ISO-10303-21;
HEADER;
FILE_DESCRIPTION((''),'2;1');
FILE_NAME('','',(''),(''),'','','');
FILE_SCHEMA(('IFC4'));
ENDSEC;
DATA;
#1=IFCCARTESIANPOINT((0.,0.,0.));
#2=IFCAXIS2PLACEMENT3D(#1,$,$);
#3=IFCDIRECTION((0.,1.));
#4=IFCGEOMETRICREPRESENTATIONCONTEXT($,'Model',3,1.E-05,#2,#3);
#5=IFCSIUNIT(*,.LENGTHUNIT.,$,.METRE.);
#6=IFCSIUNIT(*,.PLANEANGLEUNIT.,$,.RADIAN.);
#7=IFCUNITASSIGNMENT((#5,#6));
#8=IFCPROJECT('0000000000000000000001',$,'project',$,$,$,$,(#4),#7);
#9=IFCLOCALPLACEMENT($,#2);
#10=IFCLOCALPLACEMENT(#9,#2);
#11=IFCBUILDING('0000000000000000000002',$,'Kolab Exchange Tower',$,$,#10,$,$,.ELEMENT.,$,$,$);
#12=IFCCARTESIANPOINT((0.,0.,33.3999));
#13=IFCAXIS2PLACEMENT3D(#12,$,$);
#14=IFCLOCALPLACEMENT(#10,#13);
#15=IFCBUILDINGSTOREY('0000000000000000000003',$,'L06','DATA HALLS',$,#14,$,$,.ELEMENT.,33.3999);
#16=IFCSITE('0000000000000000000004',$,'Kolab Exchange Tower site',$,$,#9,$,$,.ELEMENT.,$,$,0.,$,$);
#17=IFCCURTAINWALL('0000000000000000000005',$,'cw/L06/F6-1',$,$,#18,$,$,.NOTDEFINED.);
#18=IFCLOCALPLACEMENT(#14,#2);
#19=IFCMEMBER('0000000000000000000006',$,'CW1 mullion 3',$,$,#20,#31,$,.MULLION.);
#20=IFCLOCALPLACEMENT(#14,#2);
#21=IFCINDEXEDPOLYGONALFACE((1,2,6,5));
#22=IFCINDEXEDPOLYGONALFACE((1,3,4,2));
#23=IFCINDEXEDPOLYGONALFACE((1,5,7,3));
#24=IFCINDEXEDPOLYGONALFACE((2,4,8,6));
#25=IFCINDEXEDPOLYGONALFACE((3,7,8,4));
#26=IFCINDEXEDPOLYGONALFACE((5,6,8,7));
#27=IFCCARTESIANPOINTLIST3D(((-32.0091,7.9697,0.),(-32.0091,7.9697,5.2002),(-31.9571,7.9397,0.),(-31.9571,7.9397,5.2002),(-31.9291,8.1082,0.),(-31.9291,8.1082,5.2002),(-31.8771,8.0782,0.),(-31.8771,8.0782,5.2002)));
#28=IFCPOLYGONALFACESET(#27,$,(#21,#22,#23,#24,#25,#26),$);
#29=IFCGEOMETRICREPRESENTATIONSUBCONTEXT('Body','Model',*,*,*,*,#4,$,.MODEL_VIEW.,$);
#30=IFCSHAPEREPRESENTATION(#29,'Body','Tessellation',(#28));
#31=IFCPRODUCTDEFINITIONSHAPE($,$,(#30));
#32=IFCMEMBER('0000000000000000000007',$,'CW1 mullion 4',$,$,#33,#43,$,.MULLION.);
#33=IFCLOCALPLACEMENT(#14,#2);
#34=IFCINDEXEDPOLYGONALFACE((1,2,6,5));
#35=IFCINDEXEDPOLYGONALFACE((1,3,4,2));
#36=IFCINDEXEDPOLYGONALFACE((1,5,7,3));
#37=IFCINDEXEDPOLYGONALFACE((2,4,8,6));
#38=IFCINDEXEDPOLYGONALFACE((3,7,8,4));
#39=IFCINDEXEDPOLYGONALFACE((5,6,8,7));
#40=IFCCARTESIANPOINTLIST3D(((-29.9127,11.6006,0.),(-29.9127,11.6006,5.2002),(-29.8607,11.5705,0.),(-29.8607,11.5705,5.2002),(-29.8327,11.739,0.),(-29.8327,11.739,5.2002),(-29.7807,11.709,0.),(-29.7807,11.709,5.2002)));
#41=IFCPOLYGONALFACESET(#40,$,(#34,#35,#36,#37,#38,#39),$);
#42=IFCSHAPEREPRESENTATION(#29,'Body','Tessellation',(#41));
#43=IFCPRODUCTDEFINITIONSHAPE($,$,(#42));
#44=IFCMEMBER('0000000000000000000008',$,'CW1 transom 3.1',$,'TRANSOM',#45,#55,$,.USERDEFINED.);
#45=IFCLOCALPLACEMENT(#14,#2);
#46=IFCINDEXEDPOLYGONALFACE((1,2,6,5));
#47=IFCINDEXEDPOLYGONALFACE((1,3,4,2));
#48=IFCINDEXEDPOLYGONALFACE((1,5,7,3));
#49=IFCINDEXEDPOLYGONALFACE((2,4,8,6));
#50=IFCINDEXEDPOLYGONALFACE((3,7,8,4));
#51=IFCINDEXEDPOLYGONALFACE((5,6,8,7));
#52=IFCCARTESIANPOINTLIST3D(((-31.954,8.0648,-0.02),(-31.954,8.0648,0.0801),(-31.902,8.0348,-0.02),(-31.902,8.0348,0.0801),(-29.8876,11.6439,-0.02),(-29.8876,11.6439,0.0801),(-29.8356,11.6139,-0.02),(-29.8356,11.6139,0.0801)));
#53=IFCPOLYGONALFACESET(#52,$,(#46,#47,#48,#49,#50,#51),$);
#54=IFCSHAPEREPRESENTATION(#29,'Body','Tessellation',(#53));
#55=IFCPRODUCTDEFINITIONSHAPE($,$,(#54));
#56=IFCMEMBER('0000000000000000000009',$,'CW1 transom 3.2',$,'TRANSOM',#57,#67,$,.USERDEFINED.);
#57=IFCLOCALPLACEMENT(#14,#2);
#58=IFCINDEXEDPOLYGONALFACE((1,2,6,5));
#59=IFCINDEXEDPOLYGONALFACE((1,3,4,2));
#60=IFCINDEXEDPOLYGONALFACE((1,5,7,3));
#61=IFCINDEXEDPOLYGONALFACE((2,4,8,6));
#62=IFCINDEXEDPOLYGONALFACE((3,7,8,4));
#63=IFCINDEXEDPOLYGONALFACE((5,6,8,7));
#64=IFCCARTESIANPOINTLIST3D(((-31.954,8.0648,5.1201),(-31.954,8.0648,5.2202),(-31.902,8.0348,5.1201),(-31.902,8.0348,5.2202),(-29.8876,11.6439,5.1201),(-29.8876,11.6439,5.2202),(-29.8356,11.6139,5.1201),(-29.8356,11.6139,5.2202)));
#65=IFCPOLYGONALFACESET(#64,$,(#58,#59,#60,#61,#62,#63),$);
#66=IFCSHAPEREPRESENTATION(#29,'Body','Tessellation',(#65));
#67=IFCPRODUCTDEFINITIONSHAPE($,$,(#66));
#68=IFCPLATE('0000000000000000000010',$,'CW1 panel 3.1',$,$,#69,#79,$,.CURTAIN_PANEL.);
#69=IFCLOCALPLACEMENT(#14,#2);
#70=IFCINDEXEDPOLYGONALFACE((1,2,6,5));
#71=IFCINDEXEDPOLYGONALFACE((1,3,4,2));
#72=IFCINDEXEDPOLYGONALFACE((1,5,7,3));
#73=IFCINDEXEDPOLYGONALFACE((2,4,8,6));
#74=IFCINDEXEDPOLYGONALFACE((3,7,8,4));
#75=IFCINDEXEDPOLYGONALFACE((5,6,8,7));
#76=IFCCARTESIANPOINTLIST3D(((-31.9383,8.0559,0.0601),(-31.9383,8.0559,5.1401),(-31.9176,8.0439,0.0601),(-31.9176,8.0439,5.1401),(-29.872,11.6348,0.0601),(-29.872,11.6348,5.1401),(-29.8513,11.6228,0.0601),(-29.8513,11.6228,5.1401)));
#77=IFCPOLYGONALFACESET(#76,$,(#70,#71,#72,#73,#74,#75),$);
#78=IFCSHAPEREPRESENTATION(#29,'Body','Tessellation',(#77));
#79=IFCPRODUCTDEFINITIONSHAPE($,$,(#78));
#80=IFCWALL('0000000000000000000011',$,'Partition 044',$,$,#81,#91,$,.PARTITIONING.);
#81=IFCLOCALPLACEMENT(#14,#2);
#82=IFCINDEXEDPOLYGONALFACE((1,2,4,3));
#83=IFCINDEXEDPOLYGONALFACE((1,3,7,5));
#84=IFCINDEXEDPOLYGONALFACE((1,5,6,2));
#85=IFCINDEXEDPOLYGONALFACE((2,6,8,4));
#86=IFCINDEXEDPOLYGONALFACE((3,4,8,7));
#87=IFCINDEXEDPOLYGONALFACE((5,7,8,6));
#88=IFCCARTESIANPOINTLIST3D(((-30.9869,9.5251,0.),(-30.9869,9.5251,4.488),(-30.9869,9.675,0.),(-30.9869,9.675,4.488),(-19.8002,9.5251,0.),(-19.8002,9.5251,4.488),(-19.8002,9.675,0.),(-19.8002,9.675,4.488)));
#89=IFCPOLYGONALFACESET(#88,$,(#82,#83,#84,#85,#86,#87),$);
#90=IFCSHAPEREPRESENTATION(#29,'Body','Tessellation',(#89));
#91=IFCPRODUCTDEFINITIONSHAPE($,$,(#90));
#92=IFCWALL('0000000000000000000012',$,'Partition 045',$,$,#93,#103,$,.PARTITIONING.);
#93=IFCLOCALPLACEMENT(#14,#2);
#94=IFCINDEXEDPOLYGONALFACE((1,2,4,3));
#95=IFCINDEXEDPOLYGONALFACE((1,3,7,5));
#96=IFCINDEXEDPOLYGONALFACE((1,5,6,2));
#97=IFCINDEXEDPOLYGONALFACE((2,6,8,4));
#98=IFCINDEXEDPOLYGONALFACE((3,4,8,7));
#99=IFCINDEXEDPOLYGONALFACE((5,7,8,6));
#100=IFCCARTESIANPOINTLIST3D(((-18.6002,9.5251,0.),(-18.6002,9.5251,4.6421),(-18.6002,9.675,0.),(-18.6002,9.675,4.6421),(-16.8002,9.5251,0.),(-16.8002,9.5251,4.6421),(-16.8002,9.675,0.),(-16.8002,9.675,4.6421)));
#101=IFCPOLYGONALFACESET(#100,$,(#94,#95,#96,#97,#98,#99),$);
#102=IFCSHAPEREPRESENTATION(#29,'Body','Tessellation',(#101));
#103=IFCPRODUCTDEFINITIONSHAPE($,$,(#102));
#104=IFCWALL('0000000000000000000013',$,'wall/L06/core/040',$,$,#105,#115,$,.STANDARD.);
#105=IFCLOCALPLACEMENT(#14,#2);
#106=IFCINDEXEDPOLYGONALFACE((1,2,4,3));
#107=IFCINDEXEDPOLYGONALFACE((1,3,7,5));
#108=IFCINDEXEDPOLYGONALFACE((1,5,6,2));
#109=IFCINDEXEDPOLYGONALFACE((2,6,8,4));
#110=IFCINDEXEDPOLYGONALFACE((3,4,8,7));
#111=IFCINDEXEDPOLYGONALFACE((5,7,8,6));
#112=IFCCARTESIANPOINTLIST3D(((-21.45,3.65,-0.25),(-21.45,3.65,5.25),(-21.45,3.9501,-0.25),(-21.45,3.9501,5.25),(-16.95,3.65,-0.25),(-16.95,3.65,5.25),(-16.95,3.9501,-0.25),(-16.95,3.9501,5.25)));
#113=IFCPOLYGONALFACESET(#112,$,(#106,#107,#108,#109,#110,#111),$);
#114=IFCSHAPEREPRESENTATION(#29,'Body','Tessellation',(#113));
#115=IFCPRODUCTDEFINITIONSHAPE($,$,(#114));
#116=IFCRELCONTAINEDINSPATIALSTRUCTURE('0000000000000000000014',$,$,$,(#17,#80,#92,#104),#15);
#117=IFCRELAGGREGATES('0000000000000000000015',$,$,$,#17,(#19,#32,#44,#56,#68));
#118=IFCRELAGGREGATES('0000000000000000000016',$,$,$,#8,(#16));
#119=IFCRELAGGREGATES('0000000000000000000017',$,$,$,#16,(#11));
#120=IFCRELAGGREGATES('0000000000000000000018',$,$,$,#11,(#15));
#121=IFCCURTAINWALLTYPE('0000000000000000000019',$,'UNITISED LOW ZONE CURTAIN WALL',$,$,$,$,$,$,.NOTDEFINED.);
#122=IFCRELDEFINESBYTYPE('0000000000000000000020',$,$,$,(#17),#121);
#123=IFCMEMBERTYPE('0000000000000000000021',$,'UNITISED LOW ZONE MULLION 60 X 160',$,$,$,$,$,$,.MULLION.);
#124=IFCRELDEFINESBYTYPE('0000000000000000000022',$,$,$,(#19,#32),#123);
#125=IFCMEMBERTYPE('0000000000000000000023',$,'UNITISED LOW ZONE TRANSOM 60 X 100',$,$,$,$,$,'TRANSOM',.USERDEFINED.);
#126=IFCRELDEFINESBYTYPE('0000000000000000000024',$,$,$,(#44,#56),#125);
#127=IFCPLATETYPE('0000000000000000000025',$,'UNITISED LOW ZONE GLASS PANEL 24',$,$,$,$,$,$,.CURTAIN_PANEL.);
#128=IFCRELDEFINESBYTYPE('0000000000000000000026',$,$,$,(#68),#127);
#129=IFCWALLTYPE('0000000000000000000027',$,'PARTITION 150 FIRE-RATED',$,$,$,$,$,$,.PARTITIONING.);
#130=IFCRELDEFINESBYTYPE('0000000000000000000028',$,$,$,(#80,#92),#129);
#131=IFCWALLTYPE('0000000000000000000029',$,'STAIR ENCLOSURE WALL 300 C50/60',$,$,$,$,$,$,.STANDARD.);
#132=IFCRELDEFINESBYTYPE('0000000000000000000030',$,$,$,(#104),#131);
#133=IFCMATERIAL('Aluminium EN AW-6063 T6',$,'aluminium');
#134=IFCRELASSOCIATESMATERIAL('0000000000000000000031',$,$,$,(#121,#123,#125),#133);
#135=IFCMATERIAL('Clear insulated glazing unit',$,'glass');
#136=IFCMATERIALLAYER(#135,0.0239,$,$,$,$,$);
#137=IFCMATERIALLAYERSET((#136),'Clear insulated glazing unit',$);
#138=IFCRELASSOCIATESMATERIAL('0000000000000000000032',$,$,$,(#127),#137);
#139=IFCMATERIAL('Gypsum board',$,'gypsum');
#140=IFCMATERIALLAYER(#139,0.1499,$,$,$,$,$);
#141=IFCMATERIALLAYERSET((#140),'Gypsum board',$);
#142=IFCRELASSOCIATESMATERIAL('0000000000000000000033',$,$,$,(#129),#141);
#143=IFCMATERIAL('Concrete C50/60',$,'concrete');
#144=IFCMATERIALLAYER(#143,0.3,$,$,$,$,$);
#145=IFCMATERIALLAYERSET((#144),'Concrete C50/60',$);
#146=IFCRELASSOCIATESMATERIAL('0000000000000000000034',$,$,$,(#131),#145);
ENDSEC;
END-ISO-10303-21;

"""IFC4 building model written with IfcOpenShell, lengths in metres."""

from ifc_helpers import new_model, si_unit, direction, frame, frame_2d, origin, origin_2d, place, context, subcontext, project, spatial, rectangle, extrude, material, layer, layer_set, material_profile, profile_set, type_object, element, aggregate, save


model = new_model("IFC4")

# Units and contexts
model_context = context("Model", 3, precision=1e-05, world=origin(), true_north=direction((0.0, 1.0)))
body_context = subcontext(model_context, "Body", "Model", "MODEL_VIEW")
ifc_project = project(units=[si_unit("LENGTHUNIT", "METRE"), si_unit("PLANEANGLEUNIT", "RADIAN")], contexts=[model_context])

# Site, building, storey
site_placement = place(None, origin())
site = spatial("IfcSite", under=ifc_project, at=site_placement, Name="Kolab Exchange Tower site", CompositionType="ELEMENT", RefElevation=0.0)
building_placement = place(site_placement, origin())
building = spatial("IfcBuilding", under=site, at=building_placement, Name="Kolab Exchange Tower", CompositionType="ELEMENT")
storey_placement = place(building_placement, frame((0.0, 0.0, 33.3999)))
storey = spatial("IfcBuildingStorey", under=building, at=storey_placement, Name="L06", Description="DATA HALLS", CompositionType="ELEMENT", Elevation=33.3999)

# Curtain wall, members, plate
ifc_material_1 = material(Name="Aluminium EN AW-6063 T6", Category="aluminium")
curtain_wall_type = type_object("IfcCurtainWallType", Name="UNITISED LOW ZONE CURTAIN WALL", PredefinedType="NOTDEFINED", material=ifc_material_1)
curtain_wall_placement = place(storey_placement, origin())
curtain_wall = element("IfcCurtainWall", 1, at=curtain_wall_placement, inside=storey, type_object=curtain_wall_type, Name="cw/L06/F6-1", PredefinedType="NOTDEFINED")
ifc_material_profile_1 = material_profile(ifc_material_1, rectangle(XDim=0.0601, YDim=0.1599, at=origin_2d()), Name="RECT 60X160")
ifc_profile_set_1 = profile_set([ifc_material_profile_1], Name="Aluminium EN AW-6063 T6")
member_type_1 = type_object("IfcMemberType", Name="UNITISED LOW ZONE MULLION 60 X 160", PredefinedType="MULLION", material=ifc_profile_set_1)
member_1_placement = place(storey_placement, frame((-31.9431, 8.0239, 0.0), z_axis=(0.0, 0.0, 1.0), x_axis=(-0.866025, 0.5, 0.0)))
member_1 = element("IfcMember", 2, at=member_1_placement, type_object=member_type_1, Name="CW1 mullion 3", PredefinedType="MULLION", context=body_context, shape_type="SweptSolid", body=[
    extrude(rectangle(XDim=0.0601, YDim=0.1599, at=origin_2d()), origin(), (0.0, 0.0, 1.0), 5.2002),
])
member_2_placement = place(storey_placement, frame((-29.8467, 11.6548, 0.0), z_axis=(0.0, 0.0, 1.0), x_axis=(-0.866025, 0.5, 0.0)))
member_2 = element("IfcMember", 3, at=member_2_placement, type_object=member_type_1, Name="CW1 mullion 4", PredefinedType="MULLION", context=body_context, shape_type="SweptSolid", body=[
    extrude(rectangle(XDim=0.0601, YDim=0.1599, at=origin_2d()), origin(), (0.0, 0.0, 1.0), 5.2002),
])
ifc_material_profile_2 = material_profile(ifc_material_1, rectangle(XDim=0.0601, YDim=0.1001, at=origin_2d()), Name="RECT 60X100")
ifc_profile_set_2 = profile_set([ifc_material_profile_2], Name="Aluminium EN AW-6063 T6")
member_type_2 = type_object("IfcMemberType", Name="UNITISED LOW ZONE TRANSOM 60 X 100", ElementType="TRANSOM", PredefinedType="USERDEFINED", material=ifc_profile_set_2)
member_3_placement = place(storey_placement, frame((-31.928, 8.0498, 0.03), z_axis=(0.500002, 0.866024, 0.0), x_axis=(-0.866024, 0.500002, 0.0)))
member_3 = element("IfcMember", 4, at=member_3_placement, type_object=member_type_2, Name="CW1 transom 3.1", ObjectType="TRANSOM", PredefinedType="USERDEFINED", context=body_context, shape_type="SweptSolid", body=[
    extrude(rectangle(XDim=0.0601, YDim=0.1001, at=origin_2d()), origin(), (0.0, 0.0, 1.0), 4.1328),
])
member_4_placement = place(storey_placement, frame((-31.928, 8.0498, 5.1702), z_axis=(0.500002, 0.866024, 0.0), x_axis=(-0.866024, 0.500002, 0.0)))
member_4 = element("IfcMember", 5, at=member_4_placement, type_object=member_type_2, Name="CW1 transom 3.2", ObjectType="TRANSOM", PredefinedType="USERDEFINED", context=body_context, shape_type="SweptSolid", body=[
    extrude(rectangle(XDim=0.0601, YDim=0.1001, at=origin_2d()), origin(), (0.0, 0.0, 1.0), 4.1328),
])
ifc_material_2 = material(Name="Clear insulated glazing unit", Category="glass")
ifc_layer_1 = layer(ifc_material_2, 0.0239)
ifc_layer_set_1 = layer_set([ifc_layer_1], Name="Clear insulated glazing unit")
plate_type = type_object("IfcPlateType", Name="UNITISED LOW ZONE GLASS PANEL 24", PredefinedType="CURTAIN_PANEL", material=ifc_layer_set_1)
plate_placement = place(storey_placement, frame((-30.8948, 9.8394, 0.0601), z_axis=(0.0, 0.0, 1.0), x_axis=(0.5, 0.866025, 0.0)))
plate = element("IfcPlate", 6, at=plate_placement, type_object=plate_type, Name="CW1 panel 3.1", PredefinedType="CURTAIN_PANEL", context=body_context, shape_type="SweptSolid", body=[
    extrude(rectangle(XDim=4.1326, YDim=0.0239, at=origin_2d()), origin(), (0.0, 0.0, 1.0), 5.0801),
])
aggregate(curtain_wall, [member_1, member_2, member_3, member_4, plate])

# Walls
ifc_material_3 = material(Name="Gypsum board", Category="gypsum")
ifc_layer_2 = layer(ifc_material_3, 0.1499)
ifc_layer_set_2 = layer_set([ifc_layer_2], Name="Gypsum board")
wall_type_1 = type_object("IfcWallType", Name="PARTITION 150 FIRE-RATED", PredefinedType="PARTITIONING", material=ifc_layer_set_2)
wall_1_placement = place(storey_placement, frame((-30.9868, 9.6001, 0.0), z_axis=(0.0, 0.0, 1.0), x_axis=(1.0, 0.0, 0.0)))
element("IfcWall", 7, at=wall_1_placement, inside=storey, type_object=wall_type_1, Name="Partition 044", PredefinedType="PARTITIONING", context=body_context, shape_type="SweptSolid", body=[
    extrude(rectangle(XDim=11.1868, YDim=0.1499, at=frame_2d((5.5933, 0.0))), origin(), (0.0, 0.0, 1.0), 4.488),
])
wall_2_placement = place(storey_placement, frame((-18.6001, 9.6001, 0.0), z_axis=(0.0, 0.0, 1.0), x_axis=(1.0, 0.0, 0.0)))
element("IfcWall", 8, at=wall_2_placement, inside=storey, type_object=wall_type_1, Name="Partition 045", PredefinedType="PARTITIONING", context=body_context, shape_type="SweptSolid", body=[
    extrude(rectangle(XDim=1.8, YDim=0.1499, at=frame_2d((0.8999, 0.0))), origin(), (0.0, 0.0, 1.0), 4.6421),
])
ifc_material_4 = material(Name="Concrete C50/60", Category="concrete")
ifc_layer_3 = layer(ifc_material_4, 0.3)
ifc_layer_set_3 = layer_set([ifc_layer_3], Name="Concrete C50/60")
wall_type_2 = type_object("IfcWallType", Name="STAIR ENCLOSURE WALL 300 C50/60", PredefinedType="STANDARD", material=ifc_layer_set_3)
wall_3_placement = place(storey_placement, frame((-21.45, 3.8, -0.25), z_axis=(0.0, 0.0, 1.0), x_axis=(1.0, 0.0, 0.0)))
element("IfcWall", 9, at=wall_3_placement, inside=storey, type_object=wall_type_2, Name="wall/L06/core/040", PredefinedType="STANDARD", context=body_context, shape_type="SweptSolid", body=[
    extrude(rectangle(XDim=4.5, YDim=0.3, at=frame_2d((2.25, 0.0))), origin(), (0.0, 0.0, 1.0), 5.5),
])

save(model, "model.ifc")
